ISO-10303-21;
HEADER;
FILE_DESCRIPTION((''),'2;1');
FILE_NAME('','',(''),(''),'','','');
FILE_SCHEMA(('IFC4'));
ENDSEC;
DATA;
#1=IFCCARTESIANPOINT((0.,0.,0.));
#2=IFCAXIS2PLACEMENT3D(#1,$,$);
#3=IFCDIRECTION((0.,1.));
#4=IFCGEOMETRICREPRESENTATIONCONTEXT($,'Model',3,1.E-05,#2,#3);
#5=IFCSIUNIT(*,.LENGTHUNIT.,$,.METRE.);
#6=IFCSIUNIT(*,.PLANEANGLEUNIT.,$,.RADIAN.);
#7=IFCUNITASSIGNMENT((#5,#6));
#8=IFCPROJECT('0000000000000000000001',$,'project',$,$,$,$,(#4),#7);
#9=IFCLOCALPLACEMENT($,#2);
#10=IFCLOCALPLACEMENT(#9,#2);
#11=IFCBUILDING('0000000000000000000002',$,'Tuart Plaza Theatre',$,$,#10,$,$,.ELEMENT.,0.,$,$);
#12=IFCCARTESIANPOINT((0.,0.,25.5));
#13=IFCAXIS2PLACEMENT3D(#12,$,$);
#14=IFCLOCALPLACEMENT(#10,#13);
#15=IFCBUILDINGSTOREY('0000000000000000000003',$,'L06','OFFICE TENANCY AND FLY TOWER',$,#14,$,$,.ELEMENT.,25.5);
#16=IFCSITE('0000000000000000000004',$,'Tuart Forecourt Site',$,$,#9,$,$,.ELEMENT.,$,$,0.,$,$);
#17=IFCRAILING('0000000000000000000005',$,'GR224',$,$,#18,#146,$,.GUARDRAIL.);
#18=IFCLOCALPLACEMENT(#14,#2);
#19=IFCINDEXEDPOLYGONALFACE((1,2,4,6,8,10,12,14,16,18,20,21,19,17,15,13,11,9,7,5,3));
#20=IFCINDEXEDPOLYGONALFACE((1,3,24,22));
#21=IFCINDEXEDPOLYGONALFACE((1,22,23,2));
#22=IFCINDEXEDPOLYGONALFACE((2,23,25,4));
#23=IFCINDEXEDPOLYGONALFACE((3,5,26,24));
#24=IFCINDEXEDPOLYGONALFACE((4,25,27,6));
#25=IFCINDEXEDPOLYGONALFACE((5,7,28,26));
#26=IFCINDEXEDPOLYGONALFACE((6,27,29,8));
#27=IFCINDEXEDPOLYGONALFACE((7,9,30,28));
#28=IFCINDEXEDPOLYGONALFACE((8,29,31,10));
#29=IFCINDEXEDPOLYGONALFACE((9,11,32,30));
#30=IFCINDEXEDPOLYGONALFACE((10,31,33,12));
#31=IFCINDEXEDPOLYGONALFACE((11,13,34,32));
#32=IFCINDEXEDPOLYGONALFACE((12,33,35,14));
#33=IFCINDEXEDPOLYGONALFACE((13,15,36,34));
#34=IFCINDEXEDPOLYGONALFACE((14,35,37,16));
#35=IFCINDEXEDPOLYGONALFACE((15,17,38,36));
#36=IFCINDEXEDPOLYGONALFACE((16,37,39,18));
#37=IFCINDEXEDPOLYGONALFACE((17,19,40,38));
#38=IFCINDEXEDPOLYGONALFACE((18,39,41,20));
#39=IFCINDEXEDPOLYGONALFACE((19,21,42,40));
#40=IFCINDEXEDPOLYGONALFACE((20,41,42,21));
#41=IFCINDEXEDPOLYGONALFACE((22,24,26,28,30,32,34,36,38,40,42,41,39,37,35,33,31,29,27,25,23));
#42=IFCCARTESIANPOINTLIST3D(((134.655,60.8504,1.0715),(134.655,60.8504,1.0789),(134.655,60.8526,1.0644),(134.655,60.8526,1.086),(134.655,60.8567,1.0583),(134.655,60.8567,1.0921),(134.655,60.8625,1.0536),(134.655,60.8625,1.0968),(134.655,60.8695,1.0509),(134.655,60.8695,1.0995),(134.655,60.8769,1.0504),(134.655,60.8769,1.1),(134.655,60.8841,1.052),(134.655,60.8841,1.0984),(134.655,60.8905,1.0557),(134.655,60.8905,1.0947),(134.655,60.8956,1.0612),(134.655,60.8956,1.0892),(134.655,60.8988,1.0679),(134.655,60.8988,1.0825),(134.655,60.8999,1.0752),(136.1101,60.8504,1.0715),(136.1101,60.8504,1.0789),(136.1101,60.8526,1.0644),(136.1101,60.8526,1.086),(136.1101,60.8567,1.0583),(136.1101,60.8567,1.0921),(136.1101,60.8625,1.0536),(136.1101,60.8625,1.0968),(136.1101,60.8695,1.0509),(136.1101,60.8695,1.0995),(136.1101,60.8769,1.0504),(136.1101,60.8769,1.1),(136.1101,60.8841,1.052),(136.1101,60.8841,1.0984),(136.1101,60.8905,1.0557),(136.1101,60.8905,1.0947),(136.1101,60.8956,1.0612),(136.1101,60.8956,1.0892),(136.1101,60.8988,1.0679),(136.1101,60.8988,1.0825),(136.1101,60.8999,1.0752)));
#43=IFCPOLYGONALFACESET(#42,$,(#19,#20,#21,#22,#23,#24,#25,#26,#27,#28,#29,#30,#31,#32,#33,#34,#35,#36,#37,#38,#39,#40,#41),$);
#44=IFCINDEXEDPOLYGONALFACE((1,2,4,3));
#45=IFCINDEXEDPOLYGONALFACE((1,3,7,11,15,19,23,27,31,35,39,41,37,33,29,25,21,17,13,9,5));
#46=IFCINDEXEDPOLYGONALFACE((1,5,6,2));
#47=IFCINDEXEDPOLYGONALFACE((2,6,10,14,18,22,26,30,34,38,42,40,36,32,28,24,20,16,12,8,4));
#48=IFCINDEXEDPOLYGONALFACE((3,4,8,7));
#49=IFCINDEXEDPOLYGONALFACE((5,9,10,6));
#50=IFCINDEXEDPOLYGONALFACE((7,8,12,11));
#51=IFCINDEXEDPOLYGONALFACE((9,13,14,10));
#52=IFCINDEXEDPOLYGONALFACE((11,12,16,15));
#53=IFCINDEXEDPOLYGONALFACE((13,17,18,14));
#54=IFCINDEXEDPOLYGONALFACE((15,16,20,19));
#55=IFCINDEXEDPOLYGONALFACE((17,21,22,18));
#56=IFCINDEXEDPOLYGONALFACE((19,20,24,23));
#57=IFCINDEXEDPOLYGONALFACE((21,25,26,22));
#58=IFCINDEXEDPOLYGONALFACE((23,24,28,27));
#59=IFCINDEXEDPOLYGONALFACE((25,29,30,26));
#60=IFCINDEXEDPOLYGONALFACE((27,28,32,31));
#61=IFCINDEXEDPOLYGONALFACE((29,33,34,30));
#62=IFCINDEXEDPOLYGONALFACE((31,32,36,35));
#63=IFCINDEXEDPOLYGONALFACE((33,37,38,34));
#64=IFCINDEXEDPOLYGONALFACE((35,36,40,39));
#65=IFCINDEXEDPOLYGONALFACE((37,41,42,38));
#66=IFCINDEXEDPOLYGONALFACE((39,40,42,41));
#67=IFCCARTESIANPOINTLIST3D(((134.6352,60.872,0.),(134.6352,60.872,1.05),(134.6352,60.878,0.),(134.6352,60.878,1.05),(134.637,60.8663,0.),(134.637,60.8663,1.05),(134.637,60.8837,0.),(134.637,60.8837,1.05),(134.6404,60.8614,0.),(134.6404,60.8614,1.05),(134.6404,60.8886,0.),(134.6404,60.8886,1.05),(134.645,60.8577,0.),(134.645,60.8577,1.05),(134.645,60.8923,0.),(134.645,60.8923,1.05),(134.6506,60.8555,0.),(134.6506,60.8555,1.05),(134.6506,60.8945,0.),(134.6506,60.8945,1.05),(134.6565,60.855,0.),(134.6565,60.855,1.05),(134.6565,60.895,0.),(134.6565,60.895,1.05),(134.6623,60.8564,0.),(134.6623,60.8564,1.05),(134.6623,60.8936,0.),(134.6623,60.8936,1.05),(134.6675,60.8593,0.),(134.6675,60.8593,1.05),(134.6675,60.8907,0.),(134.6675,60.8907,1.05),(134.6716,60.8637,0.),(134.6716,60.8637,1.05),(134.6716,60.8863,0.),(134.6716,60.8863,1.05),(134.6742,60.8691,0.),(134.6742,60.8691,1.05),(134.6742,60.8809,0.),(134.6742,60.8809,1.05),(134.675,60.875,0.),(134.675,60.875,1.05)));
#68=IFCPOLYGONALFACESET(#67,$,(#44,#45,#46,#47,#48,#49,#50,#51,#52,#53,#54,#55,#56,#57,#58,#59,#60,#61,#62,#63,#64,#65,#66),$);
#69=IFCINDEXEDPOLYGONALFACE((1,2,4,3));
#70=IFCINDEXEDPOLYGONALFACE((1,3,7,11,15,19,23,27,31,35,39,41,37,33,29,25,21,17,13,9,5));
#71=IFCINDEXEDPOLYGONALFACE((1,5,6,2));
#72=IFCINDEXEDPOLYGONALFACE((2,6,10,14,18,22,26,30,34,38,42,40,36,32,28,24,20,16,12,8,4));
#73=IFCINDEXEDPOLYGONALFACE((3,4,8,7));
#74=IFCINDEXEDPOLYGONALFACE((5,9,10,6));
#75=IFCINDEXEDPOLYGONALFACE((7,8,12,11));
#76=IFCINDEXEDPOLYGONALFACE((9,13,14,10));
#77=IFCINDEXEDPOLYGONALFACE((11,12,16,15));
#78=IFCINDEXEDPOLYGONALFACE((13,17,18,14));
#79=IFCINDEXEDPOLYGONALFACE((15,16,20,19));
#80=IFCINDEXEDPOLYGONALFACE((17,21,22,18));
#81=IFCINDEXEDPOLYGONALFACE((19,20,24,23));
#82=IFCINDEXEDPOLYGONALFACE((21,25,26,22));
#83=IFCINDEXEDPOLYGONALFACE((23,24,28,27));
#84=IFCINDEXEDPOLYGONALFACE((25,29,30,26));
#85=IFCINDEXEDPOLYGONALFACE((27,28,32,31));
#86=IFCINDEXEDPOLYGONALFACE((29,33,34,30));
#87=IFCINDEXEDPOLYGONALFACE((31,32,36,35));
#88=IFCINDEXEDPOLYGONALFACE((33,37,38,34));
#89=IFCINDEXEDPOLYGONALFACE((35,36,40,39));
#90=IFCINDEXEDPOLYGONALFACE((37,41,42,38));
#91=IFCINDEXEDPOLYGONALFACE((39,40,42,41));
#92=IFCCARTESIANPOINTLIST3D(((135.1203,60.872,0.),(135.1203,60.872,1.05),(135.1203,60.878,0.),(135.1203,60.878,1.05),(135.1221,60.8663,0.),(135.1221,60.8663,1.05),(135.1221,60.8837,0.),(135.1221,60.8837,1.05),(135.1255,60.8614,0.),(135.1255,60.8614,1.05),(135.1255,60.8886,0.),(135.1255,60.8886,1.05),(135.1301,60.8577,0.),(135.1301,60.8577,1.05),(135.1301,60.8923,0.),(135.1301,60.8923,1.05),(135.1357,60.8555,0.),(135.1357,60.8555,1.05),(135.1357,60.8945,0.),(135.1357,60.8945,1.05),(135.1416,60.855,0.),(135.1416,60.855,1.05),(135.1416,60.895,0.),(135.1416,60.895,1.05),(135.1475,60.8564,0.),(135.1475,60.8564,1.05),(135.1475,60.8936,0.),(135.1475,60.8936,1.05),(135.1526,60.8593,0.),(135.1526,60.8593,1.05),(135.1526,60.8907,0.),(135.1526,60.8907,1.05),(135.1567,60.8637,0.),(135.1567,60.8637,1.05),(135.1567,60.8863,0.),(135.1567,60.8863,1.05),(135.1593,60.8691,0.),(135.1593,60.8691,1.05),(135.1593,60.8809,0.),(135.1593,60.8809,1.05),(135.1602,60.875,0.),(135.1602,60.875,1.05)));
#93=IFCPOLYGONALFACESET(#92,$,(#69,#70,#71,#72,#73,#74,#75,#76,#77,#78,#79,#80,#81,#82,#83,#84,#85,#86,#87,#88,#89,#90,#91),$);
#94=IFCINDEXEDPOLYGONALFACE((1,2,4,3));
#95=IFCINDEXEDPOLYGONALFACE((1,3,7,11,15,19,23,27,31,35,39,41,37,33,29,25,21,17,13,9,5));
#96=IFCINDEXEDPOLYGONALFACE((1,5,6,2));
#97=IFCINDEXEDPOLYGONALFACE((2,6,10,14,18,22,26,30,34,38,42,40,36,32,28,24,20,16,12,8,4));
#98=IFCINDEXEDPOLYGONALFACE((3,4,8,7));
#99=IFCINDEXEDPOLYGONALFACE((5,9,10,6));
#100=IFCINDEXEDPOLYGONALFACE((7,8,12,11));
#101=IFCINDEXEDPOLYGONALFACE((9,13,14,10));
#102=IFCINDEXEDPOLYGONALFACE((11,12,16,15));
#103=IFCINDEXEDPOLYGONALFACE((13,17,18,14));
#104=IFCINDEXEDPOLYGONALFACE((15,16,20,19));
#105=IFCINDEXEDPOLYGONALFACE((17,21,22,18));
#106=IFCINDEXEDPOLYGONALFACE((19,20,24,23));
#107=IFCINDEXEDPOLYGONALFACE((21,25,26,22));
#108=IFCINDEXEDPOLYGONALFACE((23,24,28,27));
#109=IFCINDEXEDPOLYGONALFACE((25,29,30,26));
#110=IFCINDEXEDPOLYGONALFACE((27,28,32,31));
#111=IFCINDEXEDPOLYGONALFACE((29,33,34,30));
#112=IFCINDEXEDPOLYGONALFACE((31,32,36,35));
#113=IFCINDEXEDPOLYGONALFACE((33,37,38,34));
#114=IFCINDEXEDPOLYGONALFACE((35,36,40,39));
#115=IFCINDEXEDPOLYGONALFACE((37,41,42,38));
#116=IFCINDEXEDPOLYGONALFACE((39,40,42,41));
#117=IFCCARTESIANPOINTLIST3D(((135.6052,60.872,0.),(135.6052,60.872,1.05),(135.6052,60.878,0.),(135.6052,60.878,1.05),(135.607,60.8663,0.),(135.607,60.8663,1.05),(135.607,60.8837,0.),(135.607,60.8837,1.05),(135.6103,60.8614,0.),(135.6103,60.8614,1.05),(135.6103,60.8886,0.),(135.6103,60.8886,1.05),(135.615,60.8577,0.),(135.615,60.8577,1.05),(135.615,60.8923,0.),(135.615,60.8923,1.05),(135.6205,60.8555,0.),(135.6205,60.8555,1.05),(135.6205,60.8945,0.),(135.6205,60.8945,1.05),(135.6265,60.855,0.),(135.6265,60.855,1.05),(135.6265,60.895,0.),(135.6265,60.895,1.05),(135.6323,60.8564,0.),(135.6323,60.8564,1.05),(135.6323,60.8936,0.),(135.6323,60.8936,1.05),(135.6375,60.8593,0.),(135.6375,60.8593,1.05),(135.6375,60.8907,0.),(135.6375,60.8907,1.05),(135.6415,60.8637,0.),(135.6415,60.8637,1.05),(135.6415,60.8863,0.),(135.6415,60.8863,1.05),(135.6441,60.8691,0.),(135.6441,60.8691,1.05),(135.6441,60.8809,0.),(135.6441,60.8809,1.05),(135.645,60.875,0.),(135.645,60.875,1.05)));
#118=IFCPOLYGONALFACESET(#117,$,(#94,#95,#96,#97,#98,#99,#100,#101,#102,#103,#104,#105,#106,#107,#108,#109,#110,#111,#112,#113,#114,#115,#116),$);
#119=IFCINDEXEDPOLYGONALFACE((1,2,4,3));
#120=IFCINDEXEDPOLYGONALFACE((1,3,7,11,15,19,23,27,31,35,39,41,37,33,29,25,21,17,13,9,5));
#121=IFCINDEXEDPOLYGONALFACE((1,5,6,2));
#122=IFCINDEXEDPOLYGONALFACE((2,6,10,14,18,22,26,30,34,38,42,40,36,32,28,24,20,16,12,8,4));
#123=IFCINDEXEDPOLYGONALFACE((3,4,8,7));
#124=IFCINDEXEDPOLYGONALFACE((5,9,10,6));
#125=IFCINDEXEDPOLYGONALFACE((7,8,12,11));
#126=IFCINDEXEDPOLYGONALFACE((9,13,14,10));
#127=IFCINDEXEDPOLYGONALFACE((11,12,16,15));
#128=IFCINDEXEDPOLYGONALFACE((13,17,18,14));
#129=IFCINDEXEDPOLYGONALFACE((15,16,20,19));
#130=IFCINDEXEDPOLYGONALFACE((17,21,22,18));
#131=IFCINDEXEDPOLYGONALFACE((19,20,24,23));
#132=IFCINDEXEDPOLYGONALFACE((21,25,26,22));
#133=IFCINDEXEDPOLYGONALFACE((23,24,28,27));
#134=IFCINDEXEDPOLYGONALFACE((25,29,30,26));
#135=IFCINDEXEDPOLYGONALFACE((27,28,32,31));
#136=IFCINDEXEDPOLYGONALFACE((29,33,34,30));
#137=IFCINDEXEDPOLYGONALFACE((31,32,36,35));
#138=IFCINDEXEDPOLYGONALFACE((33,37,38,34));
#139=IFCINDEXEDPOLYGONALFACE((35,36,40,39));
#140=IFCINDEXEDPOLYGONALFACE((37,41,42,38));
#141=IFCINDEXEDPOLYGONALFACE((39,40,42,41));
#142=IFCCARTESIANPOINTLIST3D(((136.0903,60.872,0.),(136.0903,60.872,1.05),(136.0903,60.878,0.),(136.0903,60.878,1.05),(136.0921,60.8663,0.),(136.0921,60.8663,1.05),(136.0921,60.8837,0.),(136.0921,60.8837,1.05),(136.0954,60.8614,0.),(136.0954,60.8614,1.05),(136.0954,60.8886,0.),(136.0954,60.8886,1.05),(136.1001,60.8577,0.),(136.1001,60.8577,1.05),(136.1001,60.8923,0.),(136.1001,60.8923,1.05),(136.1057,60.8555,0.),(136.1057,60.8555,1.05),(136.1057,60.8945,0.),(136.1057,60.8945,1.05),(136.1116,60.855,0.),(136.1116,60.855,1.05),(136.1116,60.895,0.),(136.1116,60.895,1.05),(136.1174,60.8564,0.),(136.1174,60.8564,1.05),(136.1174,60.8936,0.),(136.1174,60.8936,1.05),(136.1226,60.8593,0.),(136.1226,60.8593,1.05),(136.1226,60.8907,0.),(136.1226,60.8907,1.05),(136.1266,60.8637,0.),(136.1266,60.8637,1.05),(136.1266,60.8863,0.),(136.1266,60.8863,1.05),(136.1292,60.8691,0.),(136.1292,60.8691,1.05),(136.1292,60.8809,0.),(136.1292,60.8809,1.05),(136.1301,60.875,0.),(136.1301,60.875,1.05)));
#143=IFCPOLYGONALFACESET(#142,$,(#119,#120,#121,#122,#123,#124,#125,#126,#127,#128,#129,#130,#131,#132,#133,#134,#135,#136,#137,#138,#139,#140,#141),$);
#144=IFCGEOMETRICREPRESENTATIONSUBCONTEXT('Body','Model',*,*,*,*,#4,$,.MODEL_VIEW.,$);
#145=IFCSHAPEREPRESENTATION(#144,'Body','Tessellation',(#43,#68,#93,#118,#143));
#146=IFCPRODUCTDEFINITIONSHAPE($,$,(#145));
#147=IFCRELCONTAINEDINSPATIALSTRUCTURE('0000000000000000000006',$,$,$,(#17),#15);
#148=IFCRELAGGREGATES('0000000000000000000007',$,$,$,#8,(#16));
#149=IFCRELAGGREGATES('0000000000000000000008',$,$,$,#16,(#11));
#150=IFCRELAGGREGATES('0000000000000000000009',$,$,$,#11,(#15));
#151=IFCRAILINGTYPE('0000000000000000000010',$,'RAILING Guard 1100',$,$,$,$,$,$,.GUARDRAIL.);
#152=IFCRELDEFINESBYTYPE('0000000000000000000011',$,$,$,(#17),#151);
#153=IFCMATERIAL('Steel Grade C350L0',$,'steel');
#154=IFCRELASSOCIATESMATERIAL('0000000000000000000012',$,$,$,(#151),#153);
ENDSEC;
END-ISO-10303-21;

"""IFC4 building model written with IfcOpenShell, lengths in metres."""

from ifc_helpers import new_model, si_unit, direction, frame, origin, origin_2d, place, context, subcontext, project, spatial, circle, extrude, material, type_object, element, save


model = new_model("IFC4")

# Units and contexts
model_context = context("Model", 3, precision=1e-05, world=origin(), true_north=direction((0.0, 1.0)))
body_context = subcontext(model_context, "Body", "Model", "MODEL_VIEW")
ifc_project = project(units=[si_unit("LENGTHUNIT", "METRE"), si_unit("PLANEANGLEUNIT", "RADIAN")], contexts=[model_context])

# Site, building, storey
site_placement = place(None, origin())
site = spatial("IfcSite", under=ifc_project, at=site_placement, Name="Tuart Forecourt Site", CompositionType="ELEMENT", RefElevation=0.0)
building_placement = place(site_placement, origin())
building = spatial("IfcBuilding", under=site, at=building_placement, Name="Tuart Plaza Theatre", CompositionType="ELEMENT", ElevationOfRefHeight=0.0)
storey_placement = place(building_placement, frame((0.0, 0.0, 25.5)))
storey = spatial("IfcBuildingStorey", under=building, at=storey_placement, Name="L06", Description="OFFICE TENANCY AND FLY TOWER", CompositionType="ELEMENT", Elevation=25.5)

# Railing
ifc_material_1 = material(Name="Steel Grade C350L0", Category="steel")
railing_type_1 = type_object("IfcRailingType", Name="RAILING Guard 1100", PredefinedType="GUARDRAIL", material=ifc_material_1)
railing_1_placement = place(storey_placement, frame((134.655, 60.875, 0.0)))
element("IfcRailing", 1, at=railing_1_placement, inside=storey, type_object=railing_type_1, Name="GR224", PredefinedType="GUARDRAIL", context=body_context, shape_type="SweptSolid", body=[
    extrude(circle(Radius=0.0249, at=origin_2d()), frame((0.0, 0.0, 1.0752), z_axis=(1.0, 0.0, 0.0), x_axis=(0.0, 1.0, 0.0)), (0.0, 0.0, 1.0), 1.4551),
    extrude(circle(Radius=0.02, at=origin_2d()), origin(), (0.0, 0.0, 1.0), 1.05),
    extrude(circle(Radius=0.02, at=origin_2d()), frame((0.4851, 0.0, 0.0)), (0.0, 0.0, 1.0), 1.05),
    extrude(circle(Radius=0.02, at=origin_2d()), frame((0.97, 0.0, 0.0)), (0.0, 0.0, 1.0), 1.05),
    extrude(circle(Radius=0.02, at=origin_2d()), frame((1.4551, 0.0, 0.0)), (0.0, 0.0, 1.0), 1.05),
])

save(model, "model.ifc")
